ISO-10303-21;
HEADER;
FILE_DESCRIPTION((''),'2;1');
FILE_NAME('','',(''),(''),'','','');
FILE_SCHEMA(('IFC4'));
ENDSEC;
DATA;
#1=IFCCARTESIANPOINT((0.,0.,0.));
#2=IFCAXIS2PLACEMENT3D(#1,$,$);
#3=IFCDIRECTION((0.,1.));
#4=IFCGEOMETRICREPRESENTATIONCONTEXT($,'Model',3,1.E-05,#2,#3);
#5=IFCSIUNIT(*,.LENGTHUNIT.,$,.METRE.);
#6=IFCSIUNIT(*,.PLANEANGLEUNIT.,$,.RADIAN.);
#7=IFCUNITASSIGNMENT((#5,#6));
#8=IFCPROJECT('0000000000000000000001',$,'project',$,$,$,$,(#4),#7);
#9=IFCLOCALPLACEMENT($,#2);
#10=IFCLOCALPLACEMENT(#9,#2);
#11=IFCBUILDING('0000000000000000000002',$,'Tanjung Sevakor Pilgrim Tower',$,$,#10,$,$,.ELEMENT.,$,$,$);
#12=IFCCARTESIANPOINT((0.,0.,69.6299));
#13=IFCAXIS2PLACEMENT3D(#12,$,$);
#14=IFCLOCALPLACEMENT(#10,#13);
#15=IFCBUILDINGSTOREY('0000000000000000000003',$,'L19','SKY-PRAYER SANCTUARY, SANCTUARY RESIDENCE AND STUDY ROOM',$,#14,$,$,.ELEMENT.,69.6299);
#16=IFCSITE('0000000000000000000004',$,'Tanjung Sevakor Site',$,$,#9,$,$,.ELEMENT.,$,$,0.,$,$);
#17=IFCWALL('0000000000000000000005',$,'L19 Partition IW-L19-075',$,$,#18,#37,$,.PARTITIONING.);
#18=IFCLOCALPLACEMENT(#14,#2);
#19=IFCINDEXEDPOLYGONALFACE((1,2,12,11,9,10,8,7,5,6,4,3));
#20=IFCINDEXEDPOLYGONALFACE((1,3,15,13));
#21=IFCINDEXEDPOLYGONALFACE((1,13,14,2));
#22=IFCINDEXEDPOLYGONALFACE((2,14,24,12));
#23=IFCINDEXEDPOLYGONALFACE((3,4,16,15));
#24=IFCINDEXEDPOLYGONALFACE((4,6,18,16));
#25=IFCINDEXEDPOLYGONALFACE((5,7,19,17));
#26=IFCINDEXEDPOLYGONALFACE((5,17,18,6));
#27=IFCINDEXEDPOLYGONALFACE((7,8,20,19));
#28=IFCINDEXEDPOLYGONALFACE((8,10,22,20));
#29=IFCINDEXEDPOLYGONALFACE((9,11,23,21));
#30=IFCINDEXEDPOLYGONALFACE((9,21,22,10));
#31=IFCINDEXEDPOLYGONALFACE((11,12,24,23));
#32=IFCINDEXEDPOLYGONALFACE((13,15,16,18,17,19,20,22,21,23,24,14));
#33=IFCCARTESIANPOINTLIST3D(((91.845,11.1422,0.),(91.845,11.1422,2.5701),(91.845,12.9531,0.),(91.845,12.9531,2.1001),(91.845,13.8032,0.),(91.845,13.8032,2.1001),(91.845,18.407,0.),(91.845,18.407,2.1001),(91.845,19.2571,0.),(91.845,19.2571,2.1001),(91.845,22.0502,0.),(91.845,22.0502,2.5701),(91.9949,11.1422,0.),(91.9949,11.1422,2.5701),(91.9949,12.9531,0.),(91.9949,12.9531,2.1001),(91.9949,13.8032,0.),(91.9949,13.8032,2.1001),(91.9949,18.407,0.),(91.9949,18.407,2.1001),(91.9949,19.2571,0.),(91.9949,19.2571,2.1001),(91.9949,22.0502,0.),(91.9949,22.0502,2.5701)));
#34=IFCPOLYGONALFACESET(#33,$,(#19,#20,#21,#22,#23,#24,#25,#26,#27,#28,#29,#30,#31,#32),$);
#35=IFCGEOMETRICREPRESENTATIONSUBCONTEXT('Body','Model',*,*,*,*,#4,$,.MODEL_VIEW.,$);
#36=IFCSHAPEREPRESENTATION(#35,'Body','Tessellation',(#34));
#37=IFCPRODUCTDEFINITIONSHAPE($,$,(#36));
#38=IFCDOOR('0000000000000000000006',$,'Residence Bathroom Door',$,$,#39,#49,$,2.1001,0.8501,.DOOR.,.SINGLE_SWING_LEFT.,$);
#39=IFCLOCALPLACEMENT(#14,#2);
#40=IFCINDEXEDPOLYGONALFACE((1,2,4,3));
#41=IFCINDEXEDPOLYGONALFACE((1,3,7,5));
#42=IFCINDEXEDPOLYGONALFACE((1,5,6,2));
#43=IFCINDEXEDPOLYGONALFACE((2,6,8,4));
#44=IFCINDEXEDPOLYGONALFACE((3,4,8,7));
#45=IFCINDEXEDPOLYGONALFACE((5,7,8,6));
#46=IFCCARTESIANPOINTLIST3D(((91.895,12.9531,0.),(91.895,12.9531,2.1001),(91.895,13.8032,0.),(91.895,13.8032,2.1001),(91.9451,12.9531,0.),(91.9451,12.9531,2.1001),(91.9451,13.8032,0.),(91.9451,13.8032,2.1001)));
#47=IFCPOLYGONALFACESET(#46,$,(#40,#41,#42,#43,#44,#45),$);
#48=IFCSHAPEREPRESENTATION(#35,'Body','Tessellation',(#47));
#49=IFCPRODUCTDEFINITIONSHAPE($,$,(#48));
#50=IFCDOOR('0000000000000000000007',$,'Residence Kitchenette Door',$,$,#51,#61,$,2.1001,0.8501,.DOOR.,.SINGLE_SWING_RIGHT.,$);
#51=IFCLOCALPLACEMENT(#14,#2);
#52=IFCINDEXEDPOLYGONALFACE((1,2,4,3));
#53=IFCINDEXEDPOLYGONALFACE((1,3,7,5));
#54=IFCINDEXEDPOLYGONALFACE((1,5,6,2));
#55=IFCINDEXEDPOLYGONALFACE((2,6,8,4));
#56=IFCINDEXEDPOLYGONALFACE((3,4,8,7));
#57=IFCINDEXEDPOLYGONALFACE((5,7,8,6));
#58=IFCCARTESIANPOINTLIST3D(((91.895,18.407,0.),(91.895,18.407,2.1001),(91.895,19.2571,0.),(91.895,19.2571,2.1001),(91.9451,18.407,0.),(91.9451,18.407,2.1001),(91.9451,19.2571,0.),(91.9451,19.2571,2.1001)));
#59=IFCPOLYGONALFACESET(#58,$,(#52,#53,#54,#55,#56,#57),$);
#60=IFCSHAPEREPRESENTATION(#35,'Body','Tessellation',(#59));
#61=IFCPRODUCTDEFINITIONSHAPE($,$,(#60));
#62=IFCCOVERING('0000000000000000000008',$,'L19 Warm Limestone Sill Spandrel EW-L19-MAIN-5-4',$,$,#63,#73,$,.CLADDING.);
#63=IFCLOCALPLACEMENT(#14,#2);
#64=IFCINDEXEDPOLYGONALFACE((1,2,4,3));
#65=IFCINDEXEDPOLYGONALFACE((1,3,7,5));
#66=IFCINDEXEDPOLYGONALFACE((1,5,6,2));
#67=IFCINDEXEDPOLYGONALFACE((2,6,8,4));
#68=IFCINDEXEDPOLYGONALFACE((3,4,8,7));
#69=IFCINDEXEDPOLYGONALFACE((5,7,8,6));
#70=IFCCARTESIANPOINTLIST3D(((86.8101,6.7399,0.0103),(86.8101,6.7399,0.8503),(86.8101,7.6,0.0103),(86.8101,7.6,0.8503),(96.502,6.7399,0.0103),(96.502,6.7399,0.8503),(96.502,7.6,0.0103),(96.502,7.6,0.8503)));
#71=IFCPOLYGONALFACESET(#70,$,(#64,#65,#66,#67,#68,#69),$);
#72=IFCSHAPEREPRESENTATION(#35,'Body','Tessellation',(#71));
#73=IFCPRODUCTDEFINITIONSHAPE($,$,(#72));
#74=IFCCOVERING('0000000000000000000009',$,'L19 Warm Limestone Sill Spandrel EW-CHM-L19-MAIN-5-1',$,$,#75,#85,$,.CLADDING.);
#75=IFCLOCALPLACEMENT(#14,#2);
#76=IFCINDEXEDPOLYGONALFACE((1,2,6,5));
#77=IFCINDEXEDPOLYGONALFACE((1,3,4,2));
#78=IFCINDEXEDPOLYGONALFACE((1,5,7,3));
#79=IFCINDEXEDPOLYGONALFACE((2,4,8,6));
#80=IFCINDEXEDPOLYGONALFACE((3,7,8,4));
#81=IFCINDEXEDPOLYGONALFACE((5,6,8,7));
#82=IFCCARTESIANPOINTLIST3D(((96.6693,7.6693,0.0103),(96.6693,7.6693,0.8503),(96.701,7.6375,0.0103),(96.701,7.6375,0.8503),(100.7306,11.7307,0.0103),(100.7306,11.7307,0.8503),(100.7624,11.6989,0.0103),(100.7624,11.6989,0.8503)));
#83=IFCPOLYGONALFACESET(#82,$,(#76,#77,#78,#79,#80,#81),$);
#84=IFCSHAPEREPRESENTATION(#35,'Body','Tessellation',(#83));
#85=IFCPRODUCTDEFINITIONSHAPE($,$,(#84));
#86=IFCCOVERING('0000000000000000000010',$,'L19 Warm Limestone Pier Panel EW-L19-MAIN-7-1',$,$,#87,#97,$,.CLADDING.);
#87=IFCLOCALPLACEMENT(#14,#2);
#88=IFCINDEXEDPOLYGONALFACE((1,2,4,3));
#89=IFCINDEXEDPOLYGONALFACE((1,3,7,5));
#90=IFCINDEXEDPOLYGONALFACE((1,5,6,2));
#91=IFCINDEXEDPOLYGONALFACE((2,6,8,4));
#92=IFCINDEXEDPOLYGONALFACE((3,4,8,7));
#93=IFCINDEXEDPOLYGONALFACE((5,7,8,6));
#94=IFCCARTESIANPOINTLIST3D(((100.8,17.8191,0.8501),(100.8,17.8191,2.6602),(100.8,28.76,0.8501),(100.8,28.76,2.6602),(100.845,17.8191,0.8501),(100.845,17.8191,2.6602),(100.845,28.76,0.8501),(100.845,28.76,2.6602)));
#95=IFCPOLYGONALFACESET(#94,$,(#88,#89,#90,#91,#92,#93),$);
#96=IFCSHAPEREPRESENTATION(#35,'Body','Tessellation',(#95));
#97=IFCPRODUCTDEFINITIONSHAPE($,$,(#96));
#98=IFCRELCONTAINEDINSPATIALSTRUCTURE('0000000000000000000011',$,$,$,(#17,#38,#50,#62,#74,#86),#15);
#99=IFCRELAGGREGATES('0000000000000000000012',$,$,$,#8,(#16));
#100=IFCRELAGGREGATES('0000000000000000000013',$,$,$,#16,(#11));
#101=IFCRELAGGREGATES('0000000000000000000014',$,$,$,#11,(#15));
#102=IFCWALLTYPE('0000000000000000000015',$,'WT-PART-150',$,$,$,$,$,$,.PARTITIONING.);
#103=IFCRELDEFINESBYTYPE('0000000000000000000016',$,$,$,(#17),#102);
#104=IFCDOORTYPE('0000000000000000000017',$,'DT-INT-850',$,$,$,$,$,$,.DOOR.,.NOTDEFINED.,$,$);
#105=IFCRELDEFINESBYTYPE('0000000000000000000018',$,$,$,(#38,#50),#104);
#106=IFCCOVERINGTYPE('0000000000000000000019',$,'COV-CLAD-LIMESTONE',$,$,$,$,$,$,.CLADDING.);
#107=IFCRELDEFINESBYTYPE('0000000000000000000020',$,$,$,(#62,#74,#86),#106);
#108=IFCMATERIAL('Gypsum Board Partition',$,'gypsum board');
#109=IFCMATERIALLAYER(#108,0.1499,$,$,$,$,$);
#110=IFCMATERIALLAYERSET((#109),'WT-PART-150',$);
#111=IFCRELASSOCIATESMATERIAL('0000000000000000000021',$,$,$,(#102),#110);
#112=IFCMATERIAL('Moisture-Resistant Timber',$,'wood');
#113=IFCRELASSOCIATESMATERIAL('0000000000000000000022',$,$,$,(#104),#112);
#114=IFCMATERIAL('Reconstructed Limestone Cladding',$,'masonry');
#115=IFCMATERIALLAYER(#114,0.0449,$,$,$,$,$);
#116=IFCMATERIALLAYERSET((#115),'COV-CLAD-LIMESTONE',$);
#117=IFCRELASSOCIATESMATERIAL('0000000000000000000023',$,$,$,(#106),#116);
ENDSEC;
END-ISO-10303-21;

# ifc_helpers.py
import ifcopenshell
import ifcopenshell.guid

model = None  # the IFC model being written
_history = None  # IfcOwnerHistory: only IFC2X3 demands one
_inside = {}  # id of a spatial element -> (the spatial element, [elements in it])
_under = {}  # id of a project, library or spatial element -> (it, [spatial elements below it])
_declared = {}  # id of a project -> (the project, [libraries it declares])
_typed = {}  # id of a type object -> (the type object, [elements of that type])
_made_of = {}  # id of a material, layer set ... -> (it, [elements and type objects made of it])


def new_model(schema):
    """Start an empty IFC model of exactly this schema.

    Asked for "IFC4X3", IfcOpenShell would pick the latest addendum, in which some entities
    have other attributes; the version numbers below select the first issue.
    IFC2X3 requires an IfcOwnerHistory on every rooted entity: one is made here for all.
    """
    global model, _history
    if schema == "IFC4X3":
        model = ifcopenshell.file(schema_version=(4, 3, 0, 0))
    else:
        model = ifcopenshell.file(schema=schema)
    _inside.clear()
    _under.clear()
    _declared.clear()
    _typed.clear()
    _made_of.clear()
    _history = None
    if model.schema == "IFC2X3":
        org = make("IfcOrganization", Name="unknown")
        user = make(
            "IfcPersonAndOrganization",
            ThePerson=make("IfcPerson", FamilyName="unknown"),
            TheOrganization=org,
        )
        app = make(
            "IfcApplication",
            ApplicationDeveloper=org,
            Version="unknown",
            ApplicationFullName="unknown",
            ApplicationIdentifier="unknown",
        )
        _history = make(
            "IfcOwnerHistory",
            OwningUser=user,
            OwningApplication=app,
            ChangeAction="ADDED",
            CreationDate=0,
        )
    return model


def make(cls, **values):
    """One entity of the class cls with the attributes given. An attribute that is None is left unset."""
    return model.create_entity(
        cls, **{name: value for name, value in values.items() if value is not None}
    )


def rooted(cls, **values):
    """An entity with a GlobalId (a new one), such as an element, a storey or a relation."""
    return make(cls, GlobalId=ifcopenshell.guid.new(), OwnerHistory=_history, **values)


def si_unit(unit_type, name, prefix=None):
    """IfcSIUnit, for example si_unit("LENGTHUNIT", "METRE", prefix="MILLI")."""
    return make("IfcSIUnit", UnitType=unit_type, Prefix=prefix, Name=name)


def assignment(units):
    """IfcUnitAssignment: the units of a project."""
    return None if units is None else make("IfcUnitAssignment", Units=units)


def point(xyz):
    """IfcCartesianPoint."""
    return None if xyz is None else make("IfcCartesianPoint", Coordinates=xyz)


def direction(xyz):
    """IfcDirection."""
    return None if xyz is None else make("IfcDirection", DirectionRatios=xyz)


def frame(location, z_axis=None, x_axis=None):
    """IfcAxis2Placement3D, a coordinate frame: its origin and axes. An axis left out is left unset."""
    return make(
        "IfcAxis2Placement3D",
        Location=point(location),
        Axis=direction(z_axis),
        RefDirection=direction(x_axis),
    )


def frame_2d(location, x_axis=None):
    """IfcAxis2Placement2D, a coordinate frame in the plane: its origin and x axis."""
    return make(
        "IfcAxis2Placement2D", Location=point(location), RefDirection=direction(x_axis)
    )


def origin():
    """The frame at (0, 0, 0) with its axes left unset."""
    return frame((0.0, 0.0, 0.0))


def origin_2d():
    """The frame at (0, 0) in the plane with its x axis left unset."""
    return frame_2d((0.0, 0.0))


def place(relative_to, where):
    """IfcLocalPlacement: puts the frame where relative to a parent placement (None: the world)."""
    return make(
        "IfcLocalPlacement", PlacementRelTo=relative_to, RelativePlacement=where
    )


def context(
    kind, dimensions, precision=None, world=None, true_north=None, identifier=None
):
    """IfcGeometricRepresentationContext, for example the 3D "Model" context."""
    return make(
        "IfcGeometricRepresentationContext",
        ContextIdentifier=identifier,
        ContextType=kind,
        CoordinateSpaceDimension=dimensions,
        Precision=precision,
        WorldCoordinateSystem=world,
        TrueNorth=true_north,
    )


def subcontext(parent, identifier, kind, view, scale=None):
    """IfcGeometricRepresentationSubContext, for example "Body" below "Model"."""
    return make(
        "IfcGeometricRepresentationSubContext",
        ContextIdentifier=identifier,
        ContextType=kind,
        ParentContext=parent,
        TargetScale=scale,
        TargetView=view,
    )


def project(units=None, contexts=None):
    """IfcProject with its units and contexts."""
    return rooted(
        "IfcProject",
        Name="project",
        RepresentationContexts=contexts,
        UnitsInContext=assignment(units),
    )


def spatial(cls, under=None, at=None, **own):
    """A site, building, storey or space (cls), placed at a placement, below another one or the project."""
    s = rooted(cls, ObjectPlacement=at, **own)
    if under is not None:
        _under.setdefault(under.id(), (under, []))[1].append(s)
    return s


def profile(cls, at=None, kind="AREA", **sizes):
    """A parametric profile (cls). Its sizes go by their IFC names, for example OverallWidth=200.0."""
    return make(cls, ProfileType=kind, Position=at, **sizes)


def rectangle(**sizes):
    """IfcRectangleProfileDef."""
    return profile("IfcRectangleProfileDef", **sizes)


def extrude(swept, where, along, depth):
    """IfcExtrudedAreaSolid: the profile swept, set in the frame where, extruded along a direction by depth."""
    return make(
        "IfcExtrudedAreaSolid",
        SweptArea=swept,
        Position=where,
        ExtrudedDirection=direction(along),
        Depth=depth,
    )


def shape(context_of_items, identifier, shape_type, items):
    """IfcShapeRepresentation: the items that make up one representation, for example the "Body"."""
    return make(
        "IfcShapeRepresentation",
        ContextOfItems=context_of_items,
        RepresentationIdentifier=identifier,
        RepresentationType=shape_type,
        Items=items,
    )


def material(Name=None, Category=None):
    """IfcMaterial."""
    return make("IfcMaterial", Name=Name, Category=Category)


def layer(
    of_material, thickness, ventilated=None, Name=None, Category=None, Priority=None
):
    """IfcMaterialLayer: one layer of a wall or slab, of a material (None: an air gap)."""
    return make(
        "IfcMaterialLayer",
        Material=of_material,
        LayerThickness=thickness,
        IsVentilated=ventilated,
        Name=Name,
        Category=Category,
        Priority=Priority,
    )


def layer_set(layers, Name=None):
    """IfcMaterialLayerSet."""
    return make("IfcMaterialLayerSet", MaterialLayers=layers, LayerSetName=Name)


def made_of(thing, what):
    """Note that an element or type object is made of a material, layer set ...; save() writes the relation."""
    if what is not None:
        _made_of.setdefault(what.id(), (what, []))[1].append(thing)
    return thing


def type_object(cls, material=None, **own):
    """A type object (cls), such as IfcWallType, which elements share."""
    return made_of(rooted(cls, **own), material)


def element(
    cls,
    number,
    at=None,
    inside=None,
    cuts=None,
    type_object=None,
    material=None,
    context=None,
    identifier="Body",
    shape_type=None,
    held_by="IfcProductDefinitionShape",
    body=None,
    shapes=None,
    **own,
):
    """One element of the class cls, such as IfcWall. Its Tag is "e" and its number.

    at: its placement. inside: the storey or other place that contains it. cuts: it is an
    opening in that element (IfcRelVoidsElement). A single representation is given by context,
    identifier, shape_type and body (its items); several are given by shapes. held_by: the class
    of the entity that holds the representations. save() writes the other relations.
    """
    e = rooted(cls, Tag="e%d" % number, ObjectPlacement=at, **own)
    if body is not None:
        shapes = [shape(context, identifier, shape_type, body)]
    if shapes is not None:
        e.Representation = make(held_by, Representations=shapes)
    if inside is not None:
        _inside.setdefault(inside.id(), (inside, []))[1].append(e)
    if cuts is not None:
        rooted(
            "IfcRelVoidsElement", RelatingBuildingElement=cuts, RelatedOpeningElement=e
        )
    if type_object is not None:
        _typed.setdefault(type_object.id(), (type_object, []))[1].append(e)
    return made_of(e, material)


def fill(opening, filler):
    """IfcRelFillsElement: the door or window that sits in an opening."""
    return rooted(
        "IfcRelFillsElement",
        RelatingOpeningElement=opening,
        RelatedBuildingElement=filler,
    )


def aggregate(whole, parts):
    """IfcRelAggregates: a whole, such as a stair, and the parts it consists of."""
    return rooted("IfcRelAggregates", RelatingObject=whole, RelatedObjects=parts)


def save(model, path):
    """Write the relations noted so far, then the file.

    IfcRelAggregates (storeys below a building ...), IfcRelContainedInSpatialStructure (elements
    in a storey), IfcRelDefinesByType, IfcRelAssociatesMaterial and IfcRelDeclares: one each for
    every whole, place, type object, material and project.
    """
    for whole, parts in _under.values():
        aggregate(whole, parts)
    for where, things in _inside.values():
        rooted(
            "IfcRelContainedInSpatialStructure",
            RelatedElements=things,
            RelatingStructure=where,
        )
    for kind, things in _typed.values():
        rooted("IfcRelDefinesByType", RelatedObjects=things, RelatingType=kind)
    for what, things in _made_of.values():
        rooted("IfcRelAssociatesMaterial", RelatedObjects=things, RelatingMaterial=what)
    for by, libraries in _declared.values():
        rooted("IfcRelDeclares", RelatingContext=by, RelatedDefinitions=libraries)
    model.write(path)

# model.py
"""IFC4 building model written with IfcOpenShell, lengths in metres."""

from ifc_helpers import new_model, si_unit, direction, frame, frame_2d, origin, origin_2d, place, context, subcontext, project, spatial, rectangle, extrude, material, layer, layer_set, type_object, element, fill, save


model = new_model("IFC4")

# Units and contexts
model_context = context("Model", 3, precision=1e-05, world=origin(), true_north=direction((0.0, 1.0)))
body_context = subcontext(model_context, "Body", "Model", "MODEL_VIEW")
ifc_project = project(units=[si_unit("LENGTHUNIT", "METRE"), si_unit("PLANEANGLEUNIT", "RADIAN")], contexts=[model_context])

# Site, building, storey
site_placement = place(None, origin())
site = spatial("IfcSite", under=ifc_project, at=site_placement, Name="Tanjung Sevakor Site", CompositionType="ELEMENT", RefElevation=0.0)
building_placement = place(site_placement, origin())
building = spatial("IfcBuilding", under=site, at=building_placement, Name="Tanjung Sevakor Pilgrim Tower", CompositionType="ELEMENT")
storey_placement = place(building_placement, frame((0.0, 0.0, 69.6299)))
storey = spatial("IfcBuildingStorey", under=building, at=storey_placement, Name="L19", Description="SKY-PRAYER SANCTUARY, SANCTUARY RESIDENCE AND STUDY ROOM", CompositionType="ELEMENT", Elevation=69.6299)

# Shared definitions
ifc_material_1 = material(Name="Gypsum Board Partition", Category="gypsum board")
ifc_layer_1 = layer(ifc_material_1, 0.1499)
ifc_layer_set_1 = layer_set([ifc_layer_1], Name="WT-PART-150")
wall_type_1 = type_object("IfcWallType", Name="WT-PART-150", PredefinedType="PARTITIONING", material=ifc_layer_set_1)
ifc_material_2 = material(Name="Moisture-Resistant Timber", Category="wood")
door_type_1 = type_object("IfcDoorType", Name="DT-INT-850", OperationType="NOTDEFINED", PredefinedType="DOOR", material=ifc_material_2)

# Wall, openings, doors
wall_1_placement = place(storey_placement, frame((91.9199, 11.1421, 0.0), z_axis=(0.0, 0.0, 1.0), x_axis=(0.0, 1.0, 0.0)))
wall_1 = element("IfcWall", 1, at=wall_1_placement, inside=storey, type_object=wall_type_1, Name="L19 Partition IW-L19-075", PredefinedType="PARTITIONING", context=body_context, shape_type="SweptSolid", body=[
    extrude(rectangle(XDim=10.908, YDim=0.1499, at=frame_2d((5.4541, 0.0))), origin(), (0.0, 0.0, 1.0), 2.5701),
])
opening_1_placement = place(wall_1_placement, frame((1.811, 0.0, 0.0)))
opening_1 = element("IfcOpeningElement", 2, at=opening_1_placement, cuts=wall_1, PredefinedType="OPENING", context=body_context, shape_type="SweptSolid", body=[
    extrude(rectangle(XDim=0.8501, YDim=2.1001, at=frame_2d((0.425, 1.05))), frame((0.0, 0.085, 0.0), z_axis=(0.0, -1.0, 0.0), x_axis=(1.0, 0.0, 0.0)), (0.0, 0.0, 1.0), 0.1699),
])
opening_2_placement = place(wall_1_placement, frame((7.2649, 0.0, 0.0)))
opening_2 = element("IfcOpeningElement", 3, at=opening_2_placement, cuts=wall_1, PredefinedType="OPENING", context=body_context, shape_type="SweptSolid", body=[
    extrude(rectangle(XDim=0.8501, YDim=2.1001, at=frame_2d((0.425, 1.05))), frame((0.0, 0.085, 0.0), z_axis=(0.0, -1.0, 0.0), x_axis=(1.0, 0.0, 0.0)), (0.0, 0.0, 1.0), 0.1699),
])
door_1_placement = place(opening_1_placement, origin())
door_1 = element("IfcDoor", 4, at=door_1_placement, inside=storey, type_object=door_type_1, Name="Residence Bathroom Door", OperationType="SINGLE_SWING_LEFT", OverallHeight=2.1001, OverallWidth=0.8501, PredefinedType="DOOR", context=body_context, shape_type="SweptSolid", body=[
    extrude(rectangle(XDim=0.8501, YDim=2.1001, at=frame_2d((0.425, 1.05))), frame((0.0, 0.0249, 0.0), z_axis=(0.0, -1.0, 0.0), x_axis=(1.0, 0.0, 0.0)), (0.0, 0.0, 1.0), 0.05),
])
fill(opening_1, door_1)
door_2_placement = place(opening_2_placement, origin())
door_2 = element("IfcDoor", 5, at=door_2_placement, inside=storey, type_object=door_type_1, Name="Residence Kitchenette Door", OperationType="SINGLE_SWING_RIGHT", OverallHeight=2.1001, OverallWidth=0.8501, PredefinedType="DOOR", context=body_context, shape_type="SweptSolid", body=[
    extrude(rectangle(XDim=0.8501, YDim=2.1001, at=frame_2d((0.425, 1.05))), frame((0.0, 0.0249, 0.0), z_axis=(0.0, -1.0, 0.0), x_axis=(1.0, 0.0, 0.0)), (0.0, 0.0, 1.0), 0.05),
])
fill(opening_2, door_2)

# Coverings
ifc_material_3 = material(Name="Reconstructed Limestone Cladding", Category="masonry")
ifc_layer_2 = layer(ifc_material_3, 0.0449)
ifc_layer_set_2 = layer_set([ifc_layer_2], Name="COV-CLAD-LIMESTONE")
covering_type = type_object("IfcCoveringType", Name="COV-CLAD-LIMESTONE", PredefinedType="CLADDING", material=ifc_layer_set_2)
covering_1_placement = place(storey_placement, frame((91.656, 7.1699, 0.0103), z_axis=(0.0, 0.0, 1.0), x_axis=(1.0, 0.0, 0.0)))
element("IfcCovering", 6, at=covering_1_placement, inside=storey, type_object=covering_type, Name="L19 Warm Limestone Sill Spandrel EW-L19-MAIN-5-4", PredefinedType="CLADDING", context=body_context, shape_type="SweptSolid", body=[
    extrude(rectangle(XDim=9.6919, YDim=0.8601, at=origin_2d()), origin(), (0.0, 0.0, 1.0), 0.8401),
])
covering_2_placement = place(storey_placement, frame((98.7158, 9.6841, 0.0103), z_axis=(0.0, 0.0, 1.0), x_axis=(0.707107, 0.707107, 0.0)))
element("IfcCovering", 7, at=covering_2_placement, inside=storey, type_object=covering_type, Name="L19 Warm Limestone Sill Spandrel EW-CHM-L19-MAIN-5-1", PredefinedType="CLADDING", context=body_context, shape_type="SweptSolid", body=[
    extrude(rectangle(XDim=5.7437, YDim=0.0449, at=origin_2d()), origin(), (0.0, 0.0, 1.0), 0.8401),
])
covering_3_placement = place(storey_placement, frame((100.8225, 23.2896, 0.8501), z_axis=(0.0, 0.0, 1.0), x_axis=(0.0, 1.0, 0.0)))
element("IfcCovering", 8, at=covering_3_placement, inside=storey, type_object=covering_type, Name="L19 Warm Limestone Pier Panel EW-L19-MAIN-7-1", PredefinedType="CLADDING", context=body_context, shape_type="SweptSolid", body=[
    extrude(rectangle(XDim=10.9409, YDim=0.0449, at=origin_2d()), origin(), (0.0, 0.0, 1.0), 1.8101),
])

save(model, "model.ifc")
